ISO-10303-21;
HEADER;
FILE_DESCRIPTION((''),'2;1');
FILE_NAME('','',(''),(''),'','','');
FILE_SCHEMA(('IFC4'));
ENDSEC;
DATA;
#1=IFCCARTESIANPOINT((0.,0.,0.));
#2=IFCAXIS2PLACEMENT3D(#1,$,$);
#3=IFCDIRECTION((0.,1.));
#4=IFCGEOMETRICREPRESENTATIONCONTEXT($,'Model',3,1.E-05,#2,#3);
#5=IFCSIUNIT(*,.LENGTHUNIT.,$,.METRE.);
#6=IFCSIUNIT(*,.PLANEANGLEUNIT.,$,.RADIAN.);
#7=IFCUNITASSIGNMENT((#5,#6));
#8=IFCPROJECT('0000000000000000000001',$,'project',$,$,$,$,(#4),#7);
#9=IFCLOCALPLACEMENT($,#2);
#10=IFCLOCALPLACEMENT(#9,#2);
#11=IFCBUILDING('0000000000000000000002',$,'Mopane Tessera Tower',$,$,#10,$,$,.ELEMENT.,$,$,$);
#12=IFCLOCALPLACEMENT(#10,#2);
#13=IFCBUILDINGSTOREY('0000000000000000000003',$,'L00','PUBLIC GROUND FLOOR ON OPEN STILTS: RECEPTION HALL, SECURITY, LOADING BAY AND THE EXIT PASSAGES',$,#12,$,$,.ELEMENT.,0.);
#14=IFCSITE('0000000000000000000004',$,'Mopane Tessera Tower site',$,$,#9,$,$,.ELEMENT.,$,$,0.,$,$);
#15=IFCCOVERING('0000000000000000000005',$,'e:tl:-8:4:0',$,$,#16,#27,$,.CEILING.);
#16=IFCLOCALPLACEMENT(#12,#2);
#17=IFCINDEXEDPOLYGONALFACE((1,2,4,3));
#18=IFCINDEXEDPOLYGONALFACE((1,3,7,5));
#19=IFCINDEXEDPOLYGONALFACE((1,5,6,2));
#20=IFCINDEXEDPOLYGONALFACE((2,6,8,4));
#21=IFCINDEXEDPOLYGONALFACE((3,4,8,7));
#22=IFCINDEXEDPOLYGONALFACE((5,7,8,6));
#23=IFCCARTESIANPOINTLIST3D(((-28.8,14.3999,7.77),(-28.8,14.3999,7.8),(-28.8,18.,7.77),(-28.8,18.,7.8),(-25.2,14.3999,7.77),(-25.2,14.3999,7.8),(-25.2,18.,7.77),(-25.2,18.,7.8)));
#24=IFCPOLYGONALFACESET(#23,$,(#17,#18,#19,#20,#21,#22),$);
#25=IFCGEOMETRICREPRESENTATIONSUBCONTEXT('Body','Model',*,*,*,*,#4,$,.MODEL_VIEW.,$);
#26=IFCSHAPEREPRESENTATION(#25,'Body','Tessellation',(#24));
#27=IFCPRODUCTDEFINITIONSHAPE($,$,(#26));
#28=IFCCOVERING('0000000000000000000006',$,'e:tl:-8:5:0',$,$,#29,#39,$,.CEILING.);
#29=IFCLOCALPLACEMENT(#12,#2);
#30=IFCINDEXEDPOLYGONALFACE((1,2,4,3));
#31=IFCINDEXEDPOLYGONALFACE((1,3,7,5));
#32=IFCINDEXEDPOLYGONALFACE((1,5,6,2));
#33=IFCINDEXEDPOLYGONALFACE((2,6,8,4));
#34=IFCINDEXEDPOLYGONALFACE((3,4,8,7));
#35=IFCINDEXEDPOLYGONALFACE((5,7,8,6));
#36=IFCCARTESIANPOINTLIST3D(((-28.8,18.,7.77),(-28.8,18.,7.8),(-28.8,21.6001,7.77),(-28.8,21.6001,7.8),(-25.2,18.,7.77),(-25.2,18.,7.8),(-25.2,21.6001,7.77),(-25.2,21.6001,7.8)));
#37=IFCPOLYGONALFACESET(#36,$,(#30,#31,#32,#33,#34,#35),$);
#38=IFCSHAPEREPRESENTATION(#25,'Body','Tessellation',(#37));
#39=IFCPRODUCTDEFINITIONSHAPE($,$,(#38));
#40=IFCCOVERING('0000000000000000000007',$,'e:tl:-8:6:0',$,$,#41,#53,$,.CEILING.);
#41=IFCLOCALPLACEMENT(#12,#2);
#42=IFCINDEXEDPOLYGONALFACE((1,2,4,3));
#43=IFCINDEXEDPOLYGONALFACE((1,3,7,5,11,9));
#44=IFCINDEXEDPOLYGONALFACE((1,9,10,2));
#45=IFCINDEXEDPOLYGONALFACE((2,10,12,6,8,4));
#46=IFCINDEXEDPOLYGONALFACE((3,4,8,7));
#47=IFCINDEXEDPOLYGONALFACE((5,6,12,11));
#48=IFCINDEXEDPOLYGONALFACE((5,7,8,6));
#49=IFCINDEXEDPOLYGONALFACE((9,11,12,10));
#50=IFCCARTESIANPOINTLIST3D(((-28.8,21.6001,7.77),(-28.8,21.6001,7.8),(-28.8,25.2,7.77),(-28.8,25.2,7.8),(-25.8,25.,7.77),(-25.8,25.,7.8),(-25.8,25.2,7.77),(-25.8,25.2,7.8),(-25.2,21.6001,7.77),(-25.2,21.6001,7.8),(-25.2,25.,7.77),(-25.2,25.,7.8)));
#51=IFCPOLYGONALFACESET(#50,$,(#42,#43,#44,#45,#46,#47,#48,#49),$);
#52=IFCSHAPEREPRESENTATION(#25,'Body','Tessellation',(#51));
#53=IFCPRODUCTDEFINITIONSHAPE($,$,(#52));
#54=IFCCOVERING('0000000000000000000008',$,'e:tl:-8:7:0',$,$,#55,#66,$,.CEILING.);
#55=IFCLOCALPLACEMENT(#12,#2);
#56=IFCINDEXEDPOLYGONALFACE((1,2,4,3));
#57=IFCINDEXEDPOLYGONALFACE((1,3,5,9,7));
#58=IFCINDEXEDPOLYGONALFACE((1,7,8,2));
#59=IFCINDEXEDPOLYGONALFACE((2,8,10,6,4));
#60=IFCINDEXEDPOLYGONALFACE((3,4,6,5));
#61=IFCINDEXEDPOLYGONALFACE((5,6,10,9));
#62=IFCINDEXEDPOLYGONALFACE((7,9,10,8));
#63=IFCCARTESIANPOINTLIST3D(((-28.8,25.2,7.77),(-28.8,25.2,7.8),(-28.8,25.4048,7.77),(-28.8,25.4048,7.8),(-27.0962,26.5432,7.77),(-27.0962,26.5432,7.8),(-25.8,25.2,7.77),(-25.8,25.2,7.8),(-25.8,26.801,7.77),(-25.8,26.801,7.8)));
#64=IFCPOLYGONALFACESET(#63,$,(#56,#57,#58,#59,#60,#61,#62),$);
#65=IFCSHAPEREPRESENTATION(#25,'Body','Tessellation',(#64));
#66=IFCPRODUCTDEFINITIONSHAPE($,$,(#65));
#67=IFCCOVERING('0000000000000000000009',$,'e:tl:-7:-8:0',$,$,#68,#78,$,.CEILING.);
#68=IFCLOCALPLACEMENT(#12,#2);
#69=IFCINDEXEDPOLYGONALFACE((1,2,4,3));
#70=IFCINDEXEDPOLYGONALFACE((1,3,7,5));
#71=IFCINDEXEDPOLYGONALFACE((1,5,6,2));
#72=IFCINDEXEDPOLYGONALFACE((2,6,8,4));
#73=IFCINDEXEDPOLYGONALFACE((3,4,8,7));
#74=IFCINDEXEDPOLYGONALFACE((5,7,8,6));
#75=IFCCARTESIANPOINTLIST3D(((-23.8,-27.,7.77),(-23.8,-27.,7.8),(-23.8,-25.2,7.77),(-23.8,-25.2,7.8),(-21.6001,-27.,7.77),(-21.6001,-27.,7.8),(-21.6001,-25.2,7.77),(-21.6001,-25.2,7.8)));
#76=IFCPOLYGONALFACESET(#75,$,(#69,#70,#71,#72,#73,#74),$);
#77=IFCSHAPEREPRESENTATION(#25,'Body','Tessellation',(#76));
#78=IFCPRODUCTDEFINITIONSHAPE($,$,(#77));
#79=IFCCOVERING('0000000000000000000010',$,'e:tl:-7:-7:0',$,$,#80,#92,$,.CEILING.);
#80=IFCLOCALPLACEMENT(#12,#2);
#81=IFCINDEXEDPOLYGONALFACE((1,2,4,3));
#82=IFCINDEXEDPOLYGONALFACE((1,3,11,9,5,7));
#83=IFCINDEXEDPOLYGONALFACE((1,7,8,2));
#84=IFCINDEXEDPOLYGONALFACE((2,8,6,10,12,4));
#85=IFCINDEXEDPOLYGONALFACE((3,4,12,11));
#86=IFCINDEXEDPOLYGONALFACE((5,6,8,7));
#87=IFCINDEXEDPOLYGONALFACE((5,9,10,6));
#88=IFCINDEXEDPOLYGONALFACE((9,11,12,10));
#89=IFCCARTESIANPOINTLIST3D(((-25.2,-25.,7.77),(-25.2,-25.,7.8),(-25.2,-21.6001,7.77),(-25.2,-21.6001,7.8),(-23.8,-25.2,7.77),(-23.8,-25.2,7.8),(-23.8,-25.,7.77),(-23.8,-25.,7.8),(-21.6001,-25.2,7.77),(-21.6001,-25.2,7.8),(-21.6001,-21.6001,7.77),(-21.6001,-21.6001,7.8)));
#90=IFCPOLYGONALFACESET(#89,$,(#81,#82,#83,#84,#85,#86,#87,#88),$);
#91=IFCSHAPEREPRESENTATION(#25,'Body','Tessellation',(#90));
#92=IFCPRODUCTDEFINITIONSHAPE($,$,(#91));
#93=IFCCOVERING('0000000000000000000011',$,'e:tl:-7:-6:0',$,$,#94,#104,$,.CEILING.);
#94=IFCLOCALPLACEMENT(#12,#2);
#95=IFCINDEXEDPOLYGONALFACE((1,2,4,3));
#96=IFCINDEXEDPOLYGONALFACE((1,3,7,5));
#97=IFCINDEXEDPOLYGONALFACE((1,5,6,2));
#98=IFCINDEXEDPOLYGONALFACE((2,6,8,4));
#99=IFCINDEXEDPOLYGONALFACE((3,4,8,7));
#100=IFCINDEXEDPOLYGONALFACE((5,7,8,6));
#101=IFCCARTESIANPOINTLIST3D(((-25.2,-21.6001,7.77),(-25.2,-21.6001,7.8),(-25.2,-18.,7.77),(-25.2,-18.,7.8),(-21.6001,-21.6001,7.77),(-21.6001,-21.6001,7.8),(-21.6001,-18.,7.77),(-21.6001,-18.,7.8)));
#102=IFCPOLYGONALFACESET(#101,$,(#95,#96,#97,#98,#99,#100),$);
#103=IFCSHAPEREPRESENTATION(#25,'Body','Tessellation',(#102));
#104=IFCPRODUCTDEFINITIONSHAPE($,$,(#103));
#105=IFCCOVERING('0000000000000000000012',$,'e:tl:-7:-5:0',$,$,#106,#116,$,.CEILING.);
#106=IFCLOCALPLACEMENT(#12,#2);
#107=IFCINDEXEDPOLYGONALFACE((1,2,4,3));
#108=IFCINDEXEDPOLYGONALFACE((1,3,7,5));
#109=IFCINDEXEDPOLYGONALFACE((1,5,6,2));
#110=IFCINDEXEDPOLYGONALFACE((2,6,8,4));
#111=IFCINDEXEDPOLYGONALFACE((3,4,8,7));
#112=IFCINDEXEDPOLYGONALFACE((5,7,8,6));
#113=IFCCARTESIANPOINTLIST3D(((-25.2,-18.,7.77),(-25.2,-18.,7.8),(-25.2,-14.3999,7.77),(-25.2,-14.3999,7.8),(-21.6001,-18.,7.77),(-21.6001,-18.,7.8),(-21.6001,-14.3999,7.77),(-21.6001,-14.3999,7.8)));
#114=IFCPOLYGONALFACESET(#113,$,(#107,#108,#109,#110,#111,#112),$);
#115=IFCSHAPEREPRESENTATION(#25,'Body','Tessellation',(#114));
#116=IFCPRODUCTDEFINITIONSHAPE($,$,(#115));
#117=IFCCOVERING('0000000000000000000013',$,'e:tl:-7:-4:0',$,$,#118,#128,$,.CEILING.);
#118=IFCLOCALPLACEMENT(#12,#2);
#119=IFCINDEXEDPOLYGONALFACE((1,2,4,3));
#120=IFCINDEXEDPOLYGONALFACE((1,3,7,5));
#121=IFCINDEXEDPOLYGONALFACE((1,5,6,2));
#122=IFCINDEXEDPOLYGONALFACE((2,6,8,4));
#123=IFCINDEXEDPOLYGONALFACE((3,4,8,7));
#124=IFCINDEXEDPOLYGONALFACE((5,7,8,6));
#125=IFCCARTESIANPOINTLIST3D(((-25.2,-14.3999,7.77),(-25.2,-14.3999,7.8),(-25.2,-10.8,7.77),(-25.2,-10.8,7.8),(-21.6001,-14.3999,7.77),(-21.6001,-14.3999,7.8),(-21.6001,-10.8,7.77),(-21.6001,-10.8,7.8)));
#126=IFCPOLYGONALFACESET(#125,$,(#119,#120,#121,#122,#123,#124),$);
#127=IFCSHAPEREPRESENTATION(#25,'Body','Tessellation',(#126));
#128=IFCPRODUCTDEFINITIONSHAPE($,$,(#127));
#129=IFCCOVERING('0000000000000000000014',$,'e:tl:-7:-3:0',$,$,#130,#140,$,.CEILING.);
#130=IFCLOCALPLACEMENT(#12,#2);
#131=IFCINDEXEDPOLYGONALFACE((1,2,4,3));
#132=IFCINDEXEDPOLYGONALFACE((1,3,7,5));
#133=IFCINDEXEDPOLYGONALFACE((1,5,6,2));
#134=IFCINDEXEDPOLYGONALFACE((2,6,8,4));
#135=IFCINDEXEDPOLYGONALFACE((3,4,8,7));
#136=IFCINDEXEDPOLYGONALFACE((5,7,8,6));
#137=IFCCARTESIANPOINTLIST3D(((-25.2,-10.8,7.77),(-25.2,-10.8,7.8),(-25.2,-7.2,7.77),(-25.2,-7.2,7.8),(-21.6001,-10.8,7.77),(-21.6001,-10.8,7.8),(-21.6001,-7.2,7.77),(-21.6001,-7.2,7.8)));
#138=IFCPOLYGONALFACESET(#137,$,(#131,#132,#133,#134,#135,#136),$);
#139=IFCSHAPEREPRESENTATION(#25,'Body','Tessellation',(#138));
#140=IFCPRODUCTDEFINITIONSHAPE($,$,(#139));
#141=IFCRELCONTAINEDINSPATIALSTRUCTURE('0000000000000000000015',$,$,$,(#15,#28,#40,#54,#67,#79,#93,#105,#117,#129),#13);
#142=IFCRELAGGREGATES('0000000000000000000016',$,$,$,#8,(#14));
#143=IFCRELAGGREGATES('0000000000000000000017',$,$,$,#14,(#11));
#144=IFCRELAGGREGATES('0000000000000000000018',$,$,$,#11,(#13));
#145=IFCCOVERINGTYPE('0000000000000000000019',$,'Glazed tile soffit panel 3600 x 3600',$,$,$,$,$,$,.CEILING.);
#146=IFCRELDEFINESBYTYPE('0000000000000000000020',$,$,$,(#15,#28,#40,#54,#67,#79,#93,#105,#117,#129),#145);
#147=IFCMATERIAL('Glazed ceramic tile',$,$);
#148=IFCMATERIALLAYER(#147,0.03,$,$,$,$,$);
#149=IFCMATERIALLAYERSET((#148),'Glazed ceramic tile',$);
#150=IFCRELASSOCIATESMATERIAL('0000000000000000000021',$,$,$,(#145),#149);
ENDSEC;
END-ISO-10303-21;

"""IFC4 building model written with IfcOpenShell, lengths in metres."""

from ifc_helpers import new_model, si_unit, direction, frame, origin, place, context, subcontext, project, spatial, polyline, outline, extrude, material, layer, layer_set, type_object, element, save


model = new_model("IFC4")

# Units and contexts
model_context = context("Model", 3, precision=1e-05, world=origin(), true_north=direction((0.0, 1.0)))
body_context = subcontext(model_context, "Body", "Model", "MODEL_VIEW")
ifc_project = project(units=[si_unit("LENGTHUNIT", "METRE"), si_unit("PLANEANGLEUNIT", "RADIAN")], contexts=[model_context])

# Site, building, storey
site_placement = place(None, origin())
site = spatial("IfcSite", under=ifc_project, at=site_placement, Name="Mopane Tessera Tower site", CompositionType="ELEMENT", RefElevation=0.0)
building_placement = place(site_placement, origin())
building = spatial("IfcBuilding", under=site, at=building_placement, Name="Mopane Tessera Tower", CompositionType="ELEMENT")
storey_placement = place(building_placement, origin())
storey = spatial("IfcBuildingStorey", under=building, at=storey_placement, Name="L00", Description="PUBLIC GROUND FLOOR ON OPEN STILTS: RECEPTION HALL, SECURITY, LOADING BAY AND THE EXIT PASSAGES", CompositionType="ELEMENT", Elevation=0.0)

# Coverings
ifc_material = material(Name="Glazed ceramic tile")
ifc_layer = layer(ifc_material, 0.03)
ifc_layer_set = layer_set([ifc_layer], Name="Glazed ceramic tile")
covering_type = type_object("IfcCoveringType", Name="Glazed tile soffit panel 3600 x 3600", PredefinedType="CEILING", material=ifc_layer_set)
covering_1_placement = place(storey_placement, frame((0.0, 0.0, 7.77)))
element("IfcCovering", 1, at=covering_1_placement, inside=storey, type_object=covering_type, Name="e:tl:-8:4:0", PredefinedType="CEILING", context=body_context, shape_type="SweptSolid", body=[
    extrude(outline(polyline([(-28.8, 14.3999), (-28.8, 18.0), (-25.2, 18.0), (-25.2, 14.3999), (-28.8, 14.3999)])), origin(), (0.0, 0.0, 1.0), 0.03),
])
covering_2_placement = place(storey_placement, frame((0.0, 0.0, 7.77)))
element("IfcCovering", 2, at=covering_2_placement, inside=storey, type_object=covering_type, Name="e:tl:-8:5:0", PredefinedType="CEILING", context=body_context, shape_type="SweptSolid", body=[
    extrude(outline(polyline([(-28.8, 21.6001), (-25.2, 21.6001), (-25.2, 18.0), (-28.8, 18.0), (-28.8, 21.6001)])), origin(), (0.0, 0.0, 1.0), 0.03),
])
covering_3_placement = place(storey_placement, frame((0.0, 0.0, 7.77)))
element("IfcCovering", 3, at=covering_3_placement, inside=storey, type_object=covering_type, Name="e:tl:-8:6:0", PredefinedType="CEILING", context=body_context, shape_type="SweptSolid", body=[
    extrude(outline(polyline([(-28.8, 21.6001), (-28.8, 25.2), (-25.8, 25.2), (-25.8, 25.0), (-25.2, 25.0), (-25.2, 21.6001), (-28.8, 21.6001)])), origin(), (0.0, 0.0, 1.0), 0.03),
])
covering_4_placement = place(storey_placement, frame((0.0, 0.0, 7.77)))
element("IfcCovering", 4, at=covering_4_placement, inside=storey, type_object=covering_type, Name="e:tl:-8:7:0", PredefinedType="CEILING", context=body_context, shape_type="SweptSolid", body=[
    extrude(outline(polyline([(-27.0962, 26.5432), (-25.8, 26.801), (-25.8, 25.2), (-28.8, 25.2), (-28.8, 25.4048), (-27.0962, 26.5432)])), origin(), (0.0, 0.0, 1.0), 0.03),
])
covering_5_placement = place(storey_placement, frame((0.0, 0.0, 7.77)))
element("IfcCovering", 5, at=covering_5_placement, inside=storey, type_object=covering_type, Name="e:tl:-7:-8:0", PredefinedType="CEILING", context=body_context, shape_type="SweptSolid", body=[
    extrude(outline(polyline([(-23.8, -27.0), (-23.8, -25.2), (-21.6001, -25.2), (-21.6001, -27.0), (-23.8, -27.0)])), origin(), (0.0, 0.0, 1.0), 0.03),
])
covering_6_placement = place(storey_placement, frame((0.0, 0.0, 7.77)))
element("IfcCovering", 6, at=covering_6_placement, inside=storey, type_object=covering_type, Name="e:tl:-7:-7:0", PredefinedType="CEILING", context=body_context, shape_type="SweptSolid", body=[
    extrude(outline(polyline([(-23.8, -25.0), (-25.2, -25.0), (-25.2, -21.6001), (-21.6001, -21.6001), (-21.6001, -25.2), (-23.8, -25.2), (-23.8, -25.0)])), origin(), (0.0, 0.0, 1.0), 0.03),
])
covering_7_placement = place(storey_placement, frame((0.0, 0.0, 7.77)))
element("IfcCovering", 7, at=covering_7_placement, inside=storey, type_object=covering_type, Name="e:tl:-7:-6:0", PredefinedType="CEILING", context=body_context, shape_type="SweptSolid", body=[
    extrude(outline(polyline([(-25.2, -21.6001), (-25.2, -18.0), (-21.6001, -18.0), (-21.6001, -21.6001), (-25.2, -21.6001)])), origin(), (0.0, 0.0, 1.0), 0.03),
])
covering_8_placement = place(storey_placement, frame((0.0, 0.0, 7.77)))
element("IfcCovering", 8, at=covering_8_placement, inside=storey, type_object=covering_type, Name="e:tl:-7:-5:0", PredefinedType="CEILING", context=body_context, shape_type="SweptSolid", body=[
    extrude(outline(polyline([(-25.2, -18.0), (-25.2, -14.3999), (-21.6001, -14.3999), (-21.6001, -18.0), (-25.2, -18.0)])), origin(), (0.0, 0.0, 1.0), 0.03),
])
covering_9_placement = place(storey_placement, frame((0.0, 0.0, 7.77)))
element("IfcCovering", 9, at=covering_9_placement, inside=storey, type_object=covering_type, Name="e:tl:-7:-4:0", PredefinedType="CEILING", context=body_context, shape_type="SweptSolid", body=[
    extrude(outline(polyline([(-25.2, -14.3999), (-25.2, -10.8), (-21.6001, -10.8), (-21.6001, -14.3999), (-25.2, -14.3999)])), origin(), (0.0, 0.0, 1.0), 0.03),
])
covering_10_placement = place(storey_placement, frame((0.0, 0.0, 7.77)))
element("IfcCovering", 10, at=covering_10_placement, inside=storey, type_object=covering_type, Name="e:tl:-7:-3:0", PredefinedType="CEILING", context=body_context, shape_type="SweptSolid", body=[
    extrude(outline(polyline([(-25.2, -10.8), (-25.2, -7.2), (-21.6001, -7.2), (-21.6001, -10.8), (-25.2, -10.8)])), origin(), (0.0, 0.0, 1.0), 0.03),
])

save(model, "model.ifc")
